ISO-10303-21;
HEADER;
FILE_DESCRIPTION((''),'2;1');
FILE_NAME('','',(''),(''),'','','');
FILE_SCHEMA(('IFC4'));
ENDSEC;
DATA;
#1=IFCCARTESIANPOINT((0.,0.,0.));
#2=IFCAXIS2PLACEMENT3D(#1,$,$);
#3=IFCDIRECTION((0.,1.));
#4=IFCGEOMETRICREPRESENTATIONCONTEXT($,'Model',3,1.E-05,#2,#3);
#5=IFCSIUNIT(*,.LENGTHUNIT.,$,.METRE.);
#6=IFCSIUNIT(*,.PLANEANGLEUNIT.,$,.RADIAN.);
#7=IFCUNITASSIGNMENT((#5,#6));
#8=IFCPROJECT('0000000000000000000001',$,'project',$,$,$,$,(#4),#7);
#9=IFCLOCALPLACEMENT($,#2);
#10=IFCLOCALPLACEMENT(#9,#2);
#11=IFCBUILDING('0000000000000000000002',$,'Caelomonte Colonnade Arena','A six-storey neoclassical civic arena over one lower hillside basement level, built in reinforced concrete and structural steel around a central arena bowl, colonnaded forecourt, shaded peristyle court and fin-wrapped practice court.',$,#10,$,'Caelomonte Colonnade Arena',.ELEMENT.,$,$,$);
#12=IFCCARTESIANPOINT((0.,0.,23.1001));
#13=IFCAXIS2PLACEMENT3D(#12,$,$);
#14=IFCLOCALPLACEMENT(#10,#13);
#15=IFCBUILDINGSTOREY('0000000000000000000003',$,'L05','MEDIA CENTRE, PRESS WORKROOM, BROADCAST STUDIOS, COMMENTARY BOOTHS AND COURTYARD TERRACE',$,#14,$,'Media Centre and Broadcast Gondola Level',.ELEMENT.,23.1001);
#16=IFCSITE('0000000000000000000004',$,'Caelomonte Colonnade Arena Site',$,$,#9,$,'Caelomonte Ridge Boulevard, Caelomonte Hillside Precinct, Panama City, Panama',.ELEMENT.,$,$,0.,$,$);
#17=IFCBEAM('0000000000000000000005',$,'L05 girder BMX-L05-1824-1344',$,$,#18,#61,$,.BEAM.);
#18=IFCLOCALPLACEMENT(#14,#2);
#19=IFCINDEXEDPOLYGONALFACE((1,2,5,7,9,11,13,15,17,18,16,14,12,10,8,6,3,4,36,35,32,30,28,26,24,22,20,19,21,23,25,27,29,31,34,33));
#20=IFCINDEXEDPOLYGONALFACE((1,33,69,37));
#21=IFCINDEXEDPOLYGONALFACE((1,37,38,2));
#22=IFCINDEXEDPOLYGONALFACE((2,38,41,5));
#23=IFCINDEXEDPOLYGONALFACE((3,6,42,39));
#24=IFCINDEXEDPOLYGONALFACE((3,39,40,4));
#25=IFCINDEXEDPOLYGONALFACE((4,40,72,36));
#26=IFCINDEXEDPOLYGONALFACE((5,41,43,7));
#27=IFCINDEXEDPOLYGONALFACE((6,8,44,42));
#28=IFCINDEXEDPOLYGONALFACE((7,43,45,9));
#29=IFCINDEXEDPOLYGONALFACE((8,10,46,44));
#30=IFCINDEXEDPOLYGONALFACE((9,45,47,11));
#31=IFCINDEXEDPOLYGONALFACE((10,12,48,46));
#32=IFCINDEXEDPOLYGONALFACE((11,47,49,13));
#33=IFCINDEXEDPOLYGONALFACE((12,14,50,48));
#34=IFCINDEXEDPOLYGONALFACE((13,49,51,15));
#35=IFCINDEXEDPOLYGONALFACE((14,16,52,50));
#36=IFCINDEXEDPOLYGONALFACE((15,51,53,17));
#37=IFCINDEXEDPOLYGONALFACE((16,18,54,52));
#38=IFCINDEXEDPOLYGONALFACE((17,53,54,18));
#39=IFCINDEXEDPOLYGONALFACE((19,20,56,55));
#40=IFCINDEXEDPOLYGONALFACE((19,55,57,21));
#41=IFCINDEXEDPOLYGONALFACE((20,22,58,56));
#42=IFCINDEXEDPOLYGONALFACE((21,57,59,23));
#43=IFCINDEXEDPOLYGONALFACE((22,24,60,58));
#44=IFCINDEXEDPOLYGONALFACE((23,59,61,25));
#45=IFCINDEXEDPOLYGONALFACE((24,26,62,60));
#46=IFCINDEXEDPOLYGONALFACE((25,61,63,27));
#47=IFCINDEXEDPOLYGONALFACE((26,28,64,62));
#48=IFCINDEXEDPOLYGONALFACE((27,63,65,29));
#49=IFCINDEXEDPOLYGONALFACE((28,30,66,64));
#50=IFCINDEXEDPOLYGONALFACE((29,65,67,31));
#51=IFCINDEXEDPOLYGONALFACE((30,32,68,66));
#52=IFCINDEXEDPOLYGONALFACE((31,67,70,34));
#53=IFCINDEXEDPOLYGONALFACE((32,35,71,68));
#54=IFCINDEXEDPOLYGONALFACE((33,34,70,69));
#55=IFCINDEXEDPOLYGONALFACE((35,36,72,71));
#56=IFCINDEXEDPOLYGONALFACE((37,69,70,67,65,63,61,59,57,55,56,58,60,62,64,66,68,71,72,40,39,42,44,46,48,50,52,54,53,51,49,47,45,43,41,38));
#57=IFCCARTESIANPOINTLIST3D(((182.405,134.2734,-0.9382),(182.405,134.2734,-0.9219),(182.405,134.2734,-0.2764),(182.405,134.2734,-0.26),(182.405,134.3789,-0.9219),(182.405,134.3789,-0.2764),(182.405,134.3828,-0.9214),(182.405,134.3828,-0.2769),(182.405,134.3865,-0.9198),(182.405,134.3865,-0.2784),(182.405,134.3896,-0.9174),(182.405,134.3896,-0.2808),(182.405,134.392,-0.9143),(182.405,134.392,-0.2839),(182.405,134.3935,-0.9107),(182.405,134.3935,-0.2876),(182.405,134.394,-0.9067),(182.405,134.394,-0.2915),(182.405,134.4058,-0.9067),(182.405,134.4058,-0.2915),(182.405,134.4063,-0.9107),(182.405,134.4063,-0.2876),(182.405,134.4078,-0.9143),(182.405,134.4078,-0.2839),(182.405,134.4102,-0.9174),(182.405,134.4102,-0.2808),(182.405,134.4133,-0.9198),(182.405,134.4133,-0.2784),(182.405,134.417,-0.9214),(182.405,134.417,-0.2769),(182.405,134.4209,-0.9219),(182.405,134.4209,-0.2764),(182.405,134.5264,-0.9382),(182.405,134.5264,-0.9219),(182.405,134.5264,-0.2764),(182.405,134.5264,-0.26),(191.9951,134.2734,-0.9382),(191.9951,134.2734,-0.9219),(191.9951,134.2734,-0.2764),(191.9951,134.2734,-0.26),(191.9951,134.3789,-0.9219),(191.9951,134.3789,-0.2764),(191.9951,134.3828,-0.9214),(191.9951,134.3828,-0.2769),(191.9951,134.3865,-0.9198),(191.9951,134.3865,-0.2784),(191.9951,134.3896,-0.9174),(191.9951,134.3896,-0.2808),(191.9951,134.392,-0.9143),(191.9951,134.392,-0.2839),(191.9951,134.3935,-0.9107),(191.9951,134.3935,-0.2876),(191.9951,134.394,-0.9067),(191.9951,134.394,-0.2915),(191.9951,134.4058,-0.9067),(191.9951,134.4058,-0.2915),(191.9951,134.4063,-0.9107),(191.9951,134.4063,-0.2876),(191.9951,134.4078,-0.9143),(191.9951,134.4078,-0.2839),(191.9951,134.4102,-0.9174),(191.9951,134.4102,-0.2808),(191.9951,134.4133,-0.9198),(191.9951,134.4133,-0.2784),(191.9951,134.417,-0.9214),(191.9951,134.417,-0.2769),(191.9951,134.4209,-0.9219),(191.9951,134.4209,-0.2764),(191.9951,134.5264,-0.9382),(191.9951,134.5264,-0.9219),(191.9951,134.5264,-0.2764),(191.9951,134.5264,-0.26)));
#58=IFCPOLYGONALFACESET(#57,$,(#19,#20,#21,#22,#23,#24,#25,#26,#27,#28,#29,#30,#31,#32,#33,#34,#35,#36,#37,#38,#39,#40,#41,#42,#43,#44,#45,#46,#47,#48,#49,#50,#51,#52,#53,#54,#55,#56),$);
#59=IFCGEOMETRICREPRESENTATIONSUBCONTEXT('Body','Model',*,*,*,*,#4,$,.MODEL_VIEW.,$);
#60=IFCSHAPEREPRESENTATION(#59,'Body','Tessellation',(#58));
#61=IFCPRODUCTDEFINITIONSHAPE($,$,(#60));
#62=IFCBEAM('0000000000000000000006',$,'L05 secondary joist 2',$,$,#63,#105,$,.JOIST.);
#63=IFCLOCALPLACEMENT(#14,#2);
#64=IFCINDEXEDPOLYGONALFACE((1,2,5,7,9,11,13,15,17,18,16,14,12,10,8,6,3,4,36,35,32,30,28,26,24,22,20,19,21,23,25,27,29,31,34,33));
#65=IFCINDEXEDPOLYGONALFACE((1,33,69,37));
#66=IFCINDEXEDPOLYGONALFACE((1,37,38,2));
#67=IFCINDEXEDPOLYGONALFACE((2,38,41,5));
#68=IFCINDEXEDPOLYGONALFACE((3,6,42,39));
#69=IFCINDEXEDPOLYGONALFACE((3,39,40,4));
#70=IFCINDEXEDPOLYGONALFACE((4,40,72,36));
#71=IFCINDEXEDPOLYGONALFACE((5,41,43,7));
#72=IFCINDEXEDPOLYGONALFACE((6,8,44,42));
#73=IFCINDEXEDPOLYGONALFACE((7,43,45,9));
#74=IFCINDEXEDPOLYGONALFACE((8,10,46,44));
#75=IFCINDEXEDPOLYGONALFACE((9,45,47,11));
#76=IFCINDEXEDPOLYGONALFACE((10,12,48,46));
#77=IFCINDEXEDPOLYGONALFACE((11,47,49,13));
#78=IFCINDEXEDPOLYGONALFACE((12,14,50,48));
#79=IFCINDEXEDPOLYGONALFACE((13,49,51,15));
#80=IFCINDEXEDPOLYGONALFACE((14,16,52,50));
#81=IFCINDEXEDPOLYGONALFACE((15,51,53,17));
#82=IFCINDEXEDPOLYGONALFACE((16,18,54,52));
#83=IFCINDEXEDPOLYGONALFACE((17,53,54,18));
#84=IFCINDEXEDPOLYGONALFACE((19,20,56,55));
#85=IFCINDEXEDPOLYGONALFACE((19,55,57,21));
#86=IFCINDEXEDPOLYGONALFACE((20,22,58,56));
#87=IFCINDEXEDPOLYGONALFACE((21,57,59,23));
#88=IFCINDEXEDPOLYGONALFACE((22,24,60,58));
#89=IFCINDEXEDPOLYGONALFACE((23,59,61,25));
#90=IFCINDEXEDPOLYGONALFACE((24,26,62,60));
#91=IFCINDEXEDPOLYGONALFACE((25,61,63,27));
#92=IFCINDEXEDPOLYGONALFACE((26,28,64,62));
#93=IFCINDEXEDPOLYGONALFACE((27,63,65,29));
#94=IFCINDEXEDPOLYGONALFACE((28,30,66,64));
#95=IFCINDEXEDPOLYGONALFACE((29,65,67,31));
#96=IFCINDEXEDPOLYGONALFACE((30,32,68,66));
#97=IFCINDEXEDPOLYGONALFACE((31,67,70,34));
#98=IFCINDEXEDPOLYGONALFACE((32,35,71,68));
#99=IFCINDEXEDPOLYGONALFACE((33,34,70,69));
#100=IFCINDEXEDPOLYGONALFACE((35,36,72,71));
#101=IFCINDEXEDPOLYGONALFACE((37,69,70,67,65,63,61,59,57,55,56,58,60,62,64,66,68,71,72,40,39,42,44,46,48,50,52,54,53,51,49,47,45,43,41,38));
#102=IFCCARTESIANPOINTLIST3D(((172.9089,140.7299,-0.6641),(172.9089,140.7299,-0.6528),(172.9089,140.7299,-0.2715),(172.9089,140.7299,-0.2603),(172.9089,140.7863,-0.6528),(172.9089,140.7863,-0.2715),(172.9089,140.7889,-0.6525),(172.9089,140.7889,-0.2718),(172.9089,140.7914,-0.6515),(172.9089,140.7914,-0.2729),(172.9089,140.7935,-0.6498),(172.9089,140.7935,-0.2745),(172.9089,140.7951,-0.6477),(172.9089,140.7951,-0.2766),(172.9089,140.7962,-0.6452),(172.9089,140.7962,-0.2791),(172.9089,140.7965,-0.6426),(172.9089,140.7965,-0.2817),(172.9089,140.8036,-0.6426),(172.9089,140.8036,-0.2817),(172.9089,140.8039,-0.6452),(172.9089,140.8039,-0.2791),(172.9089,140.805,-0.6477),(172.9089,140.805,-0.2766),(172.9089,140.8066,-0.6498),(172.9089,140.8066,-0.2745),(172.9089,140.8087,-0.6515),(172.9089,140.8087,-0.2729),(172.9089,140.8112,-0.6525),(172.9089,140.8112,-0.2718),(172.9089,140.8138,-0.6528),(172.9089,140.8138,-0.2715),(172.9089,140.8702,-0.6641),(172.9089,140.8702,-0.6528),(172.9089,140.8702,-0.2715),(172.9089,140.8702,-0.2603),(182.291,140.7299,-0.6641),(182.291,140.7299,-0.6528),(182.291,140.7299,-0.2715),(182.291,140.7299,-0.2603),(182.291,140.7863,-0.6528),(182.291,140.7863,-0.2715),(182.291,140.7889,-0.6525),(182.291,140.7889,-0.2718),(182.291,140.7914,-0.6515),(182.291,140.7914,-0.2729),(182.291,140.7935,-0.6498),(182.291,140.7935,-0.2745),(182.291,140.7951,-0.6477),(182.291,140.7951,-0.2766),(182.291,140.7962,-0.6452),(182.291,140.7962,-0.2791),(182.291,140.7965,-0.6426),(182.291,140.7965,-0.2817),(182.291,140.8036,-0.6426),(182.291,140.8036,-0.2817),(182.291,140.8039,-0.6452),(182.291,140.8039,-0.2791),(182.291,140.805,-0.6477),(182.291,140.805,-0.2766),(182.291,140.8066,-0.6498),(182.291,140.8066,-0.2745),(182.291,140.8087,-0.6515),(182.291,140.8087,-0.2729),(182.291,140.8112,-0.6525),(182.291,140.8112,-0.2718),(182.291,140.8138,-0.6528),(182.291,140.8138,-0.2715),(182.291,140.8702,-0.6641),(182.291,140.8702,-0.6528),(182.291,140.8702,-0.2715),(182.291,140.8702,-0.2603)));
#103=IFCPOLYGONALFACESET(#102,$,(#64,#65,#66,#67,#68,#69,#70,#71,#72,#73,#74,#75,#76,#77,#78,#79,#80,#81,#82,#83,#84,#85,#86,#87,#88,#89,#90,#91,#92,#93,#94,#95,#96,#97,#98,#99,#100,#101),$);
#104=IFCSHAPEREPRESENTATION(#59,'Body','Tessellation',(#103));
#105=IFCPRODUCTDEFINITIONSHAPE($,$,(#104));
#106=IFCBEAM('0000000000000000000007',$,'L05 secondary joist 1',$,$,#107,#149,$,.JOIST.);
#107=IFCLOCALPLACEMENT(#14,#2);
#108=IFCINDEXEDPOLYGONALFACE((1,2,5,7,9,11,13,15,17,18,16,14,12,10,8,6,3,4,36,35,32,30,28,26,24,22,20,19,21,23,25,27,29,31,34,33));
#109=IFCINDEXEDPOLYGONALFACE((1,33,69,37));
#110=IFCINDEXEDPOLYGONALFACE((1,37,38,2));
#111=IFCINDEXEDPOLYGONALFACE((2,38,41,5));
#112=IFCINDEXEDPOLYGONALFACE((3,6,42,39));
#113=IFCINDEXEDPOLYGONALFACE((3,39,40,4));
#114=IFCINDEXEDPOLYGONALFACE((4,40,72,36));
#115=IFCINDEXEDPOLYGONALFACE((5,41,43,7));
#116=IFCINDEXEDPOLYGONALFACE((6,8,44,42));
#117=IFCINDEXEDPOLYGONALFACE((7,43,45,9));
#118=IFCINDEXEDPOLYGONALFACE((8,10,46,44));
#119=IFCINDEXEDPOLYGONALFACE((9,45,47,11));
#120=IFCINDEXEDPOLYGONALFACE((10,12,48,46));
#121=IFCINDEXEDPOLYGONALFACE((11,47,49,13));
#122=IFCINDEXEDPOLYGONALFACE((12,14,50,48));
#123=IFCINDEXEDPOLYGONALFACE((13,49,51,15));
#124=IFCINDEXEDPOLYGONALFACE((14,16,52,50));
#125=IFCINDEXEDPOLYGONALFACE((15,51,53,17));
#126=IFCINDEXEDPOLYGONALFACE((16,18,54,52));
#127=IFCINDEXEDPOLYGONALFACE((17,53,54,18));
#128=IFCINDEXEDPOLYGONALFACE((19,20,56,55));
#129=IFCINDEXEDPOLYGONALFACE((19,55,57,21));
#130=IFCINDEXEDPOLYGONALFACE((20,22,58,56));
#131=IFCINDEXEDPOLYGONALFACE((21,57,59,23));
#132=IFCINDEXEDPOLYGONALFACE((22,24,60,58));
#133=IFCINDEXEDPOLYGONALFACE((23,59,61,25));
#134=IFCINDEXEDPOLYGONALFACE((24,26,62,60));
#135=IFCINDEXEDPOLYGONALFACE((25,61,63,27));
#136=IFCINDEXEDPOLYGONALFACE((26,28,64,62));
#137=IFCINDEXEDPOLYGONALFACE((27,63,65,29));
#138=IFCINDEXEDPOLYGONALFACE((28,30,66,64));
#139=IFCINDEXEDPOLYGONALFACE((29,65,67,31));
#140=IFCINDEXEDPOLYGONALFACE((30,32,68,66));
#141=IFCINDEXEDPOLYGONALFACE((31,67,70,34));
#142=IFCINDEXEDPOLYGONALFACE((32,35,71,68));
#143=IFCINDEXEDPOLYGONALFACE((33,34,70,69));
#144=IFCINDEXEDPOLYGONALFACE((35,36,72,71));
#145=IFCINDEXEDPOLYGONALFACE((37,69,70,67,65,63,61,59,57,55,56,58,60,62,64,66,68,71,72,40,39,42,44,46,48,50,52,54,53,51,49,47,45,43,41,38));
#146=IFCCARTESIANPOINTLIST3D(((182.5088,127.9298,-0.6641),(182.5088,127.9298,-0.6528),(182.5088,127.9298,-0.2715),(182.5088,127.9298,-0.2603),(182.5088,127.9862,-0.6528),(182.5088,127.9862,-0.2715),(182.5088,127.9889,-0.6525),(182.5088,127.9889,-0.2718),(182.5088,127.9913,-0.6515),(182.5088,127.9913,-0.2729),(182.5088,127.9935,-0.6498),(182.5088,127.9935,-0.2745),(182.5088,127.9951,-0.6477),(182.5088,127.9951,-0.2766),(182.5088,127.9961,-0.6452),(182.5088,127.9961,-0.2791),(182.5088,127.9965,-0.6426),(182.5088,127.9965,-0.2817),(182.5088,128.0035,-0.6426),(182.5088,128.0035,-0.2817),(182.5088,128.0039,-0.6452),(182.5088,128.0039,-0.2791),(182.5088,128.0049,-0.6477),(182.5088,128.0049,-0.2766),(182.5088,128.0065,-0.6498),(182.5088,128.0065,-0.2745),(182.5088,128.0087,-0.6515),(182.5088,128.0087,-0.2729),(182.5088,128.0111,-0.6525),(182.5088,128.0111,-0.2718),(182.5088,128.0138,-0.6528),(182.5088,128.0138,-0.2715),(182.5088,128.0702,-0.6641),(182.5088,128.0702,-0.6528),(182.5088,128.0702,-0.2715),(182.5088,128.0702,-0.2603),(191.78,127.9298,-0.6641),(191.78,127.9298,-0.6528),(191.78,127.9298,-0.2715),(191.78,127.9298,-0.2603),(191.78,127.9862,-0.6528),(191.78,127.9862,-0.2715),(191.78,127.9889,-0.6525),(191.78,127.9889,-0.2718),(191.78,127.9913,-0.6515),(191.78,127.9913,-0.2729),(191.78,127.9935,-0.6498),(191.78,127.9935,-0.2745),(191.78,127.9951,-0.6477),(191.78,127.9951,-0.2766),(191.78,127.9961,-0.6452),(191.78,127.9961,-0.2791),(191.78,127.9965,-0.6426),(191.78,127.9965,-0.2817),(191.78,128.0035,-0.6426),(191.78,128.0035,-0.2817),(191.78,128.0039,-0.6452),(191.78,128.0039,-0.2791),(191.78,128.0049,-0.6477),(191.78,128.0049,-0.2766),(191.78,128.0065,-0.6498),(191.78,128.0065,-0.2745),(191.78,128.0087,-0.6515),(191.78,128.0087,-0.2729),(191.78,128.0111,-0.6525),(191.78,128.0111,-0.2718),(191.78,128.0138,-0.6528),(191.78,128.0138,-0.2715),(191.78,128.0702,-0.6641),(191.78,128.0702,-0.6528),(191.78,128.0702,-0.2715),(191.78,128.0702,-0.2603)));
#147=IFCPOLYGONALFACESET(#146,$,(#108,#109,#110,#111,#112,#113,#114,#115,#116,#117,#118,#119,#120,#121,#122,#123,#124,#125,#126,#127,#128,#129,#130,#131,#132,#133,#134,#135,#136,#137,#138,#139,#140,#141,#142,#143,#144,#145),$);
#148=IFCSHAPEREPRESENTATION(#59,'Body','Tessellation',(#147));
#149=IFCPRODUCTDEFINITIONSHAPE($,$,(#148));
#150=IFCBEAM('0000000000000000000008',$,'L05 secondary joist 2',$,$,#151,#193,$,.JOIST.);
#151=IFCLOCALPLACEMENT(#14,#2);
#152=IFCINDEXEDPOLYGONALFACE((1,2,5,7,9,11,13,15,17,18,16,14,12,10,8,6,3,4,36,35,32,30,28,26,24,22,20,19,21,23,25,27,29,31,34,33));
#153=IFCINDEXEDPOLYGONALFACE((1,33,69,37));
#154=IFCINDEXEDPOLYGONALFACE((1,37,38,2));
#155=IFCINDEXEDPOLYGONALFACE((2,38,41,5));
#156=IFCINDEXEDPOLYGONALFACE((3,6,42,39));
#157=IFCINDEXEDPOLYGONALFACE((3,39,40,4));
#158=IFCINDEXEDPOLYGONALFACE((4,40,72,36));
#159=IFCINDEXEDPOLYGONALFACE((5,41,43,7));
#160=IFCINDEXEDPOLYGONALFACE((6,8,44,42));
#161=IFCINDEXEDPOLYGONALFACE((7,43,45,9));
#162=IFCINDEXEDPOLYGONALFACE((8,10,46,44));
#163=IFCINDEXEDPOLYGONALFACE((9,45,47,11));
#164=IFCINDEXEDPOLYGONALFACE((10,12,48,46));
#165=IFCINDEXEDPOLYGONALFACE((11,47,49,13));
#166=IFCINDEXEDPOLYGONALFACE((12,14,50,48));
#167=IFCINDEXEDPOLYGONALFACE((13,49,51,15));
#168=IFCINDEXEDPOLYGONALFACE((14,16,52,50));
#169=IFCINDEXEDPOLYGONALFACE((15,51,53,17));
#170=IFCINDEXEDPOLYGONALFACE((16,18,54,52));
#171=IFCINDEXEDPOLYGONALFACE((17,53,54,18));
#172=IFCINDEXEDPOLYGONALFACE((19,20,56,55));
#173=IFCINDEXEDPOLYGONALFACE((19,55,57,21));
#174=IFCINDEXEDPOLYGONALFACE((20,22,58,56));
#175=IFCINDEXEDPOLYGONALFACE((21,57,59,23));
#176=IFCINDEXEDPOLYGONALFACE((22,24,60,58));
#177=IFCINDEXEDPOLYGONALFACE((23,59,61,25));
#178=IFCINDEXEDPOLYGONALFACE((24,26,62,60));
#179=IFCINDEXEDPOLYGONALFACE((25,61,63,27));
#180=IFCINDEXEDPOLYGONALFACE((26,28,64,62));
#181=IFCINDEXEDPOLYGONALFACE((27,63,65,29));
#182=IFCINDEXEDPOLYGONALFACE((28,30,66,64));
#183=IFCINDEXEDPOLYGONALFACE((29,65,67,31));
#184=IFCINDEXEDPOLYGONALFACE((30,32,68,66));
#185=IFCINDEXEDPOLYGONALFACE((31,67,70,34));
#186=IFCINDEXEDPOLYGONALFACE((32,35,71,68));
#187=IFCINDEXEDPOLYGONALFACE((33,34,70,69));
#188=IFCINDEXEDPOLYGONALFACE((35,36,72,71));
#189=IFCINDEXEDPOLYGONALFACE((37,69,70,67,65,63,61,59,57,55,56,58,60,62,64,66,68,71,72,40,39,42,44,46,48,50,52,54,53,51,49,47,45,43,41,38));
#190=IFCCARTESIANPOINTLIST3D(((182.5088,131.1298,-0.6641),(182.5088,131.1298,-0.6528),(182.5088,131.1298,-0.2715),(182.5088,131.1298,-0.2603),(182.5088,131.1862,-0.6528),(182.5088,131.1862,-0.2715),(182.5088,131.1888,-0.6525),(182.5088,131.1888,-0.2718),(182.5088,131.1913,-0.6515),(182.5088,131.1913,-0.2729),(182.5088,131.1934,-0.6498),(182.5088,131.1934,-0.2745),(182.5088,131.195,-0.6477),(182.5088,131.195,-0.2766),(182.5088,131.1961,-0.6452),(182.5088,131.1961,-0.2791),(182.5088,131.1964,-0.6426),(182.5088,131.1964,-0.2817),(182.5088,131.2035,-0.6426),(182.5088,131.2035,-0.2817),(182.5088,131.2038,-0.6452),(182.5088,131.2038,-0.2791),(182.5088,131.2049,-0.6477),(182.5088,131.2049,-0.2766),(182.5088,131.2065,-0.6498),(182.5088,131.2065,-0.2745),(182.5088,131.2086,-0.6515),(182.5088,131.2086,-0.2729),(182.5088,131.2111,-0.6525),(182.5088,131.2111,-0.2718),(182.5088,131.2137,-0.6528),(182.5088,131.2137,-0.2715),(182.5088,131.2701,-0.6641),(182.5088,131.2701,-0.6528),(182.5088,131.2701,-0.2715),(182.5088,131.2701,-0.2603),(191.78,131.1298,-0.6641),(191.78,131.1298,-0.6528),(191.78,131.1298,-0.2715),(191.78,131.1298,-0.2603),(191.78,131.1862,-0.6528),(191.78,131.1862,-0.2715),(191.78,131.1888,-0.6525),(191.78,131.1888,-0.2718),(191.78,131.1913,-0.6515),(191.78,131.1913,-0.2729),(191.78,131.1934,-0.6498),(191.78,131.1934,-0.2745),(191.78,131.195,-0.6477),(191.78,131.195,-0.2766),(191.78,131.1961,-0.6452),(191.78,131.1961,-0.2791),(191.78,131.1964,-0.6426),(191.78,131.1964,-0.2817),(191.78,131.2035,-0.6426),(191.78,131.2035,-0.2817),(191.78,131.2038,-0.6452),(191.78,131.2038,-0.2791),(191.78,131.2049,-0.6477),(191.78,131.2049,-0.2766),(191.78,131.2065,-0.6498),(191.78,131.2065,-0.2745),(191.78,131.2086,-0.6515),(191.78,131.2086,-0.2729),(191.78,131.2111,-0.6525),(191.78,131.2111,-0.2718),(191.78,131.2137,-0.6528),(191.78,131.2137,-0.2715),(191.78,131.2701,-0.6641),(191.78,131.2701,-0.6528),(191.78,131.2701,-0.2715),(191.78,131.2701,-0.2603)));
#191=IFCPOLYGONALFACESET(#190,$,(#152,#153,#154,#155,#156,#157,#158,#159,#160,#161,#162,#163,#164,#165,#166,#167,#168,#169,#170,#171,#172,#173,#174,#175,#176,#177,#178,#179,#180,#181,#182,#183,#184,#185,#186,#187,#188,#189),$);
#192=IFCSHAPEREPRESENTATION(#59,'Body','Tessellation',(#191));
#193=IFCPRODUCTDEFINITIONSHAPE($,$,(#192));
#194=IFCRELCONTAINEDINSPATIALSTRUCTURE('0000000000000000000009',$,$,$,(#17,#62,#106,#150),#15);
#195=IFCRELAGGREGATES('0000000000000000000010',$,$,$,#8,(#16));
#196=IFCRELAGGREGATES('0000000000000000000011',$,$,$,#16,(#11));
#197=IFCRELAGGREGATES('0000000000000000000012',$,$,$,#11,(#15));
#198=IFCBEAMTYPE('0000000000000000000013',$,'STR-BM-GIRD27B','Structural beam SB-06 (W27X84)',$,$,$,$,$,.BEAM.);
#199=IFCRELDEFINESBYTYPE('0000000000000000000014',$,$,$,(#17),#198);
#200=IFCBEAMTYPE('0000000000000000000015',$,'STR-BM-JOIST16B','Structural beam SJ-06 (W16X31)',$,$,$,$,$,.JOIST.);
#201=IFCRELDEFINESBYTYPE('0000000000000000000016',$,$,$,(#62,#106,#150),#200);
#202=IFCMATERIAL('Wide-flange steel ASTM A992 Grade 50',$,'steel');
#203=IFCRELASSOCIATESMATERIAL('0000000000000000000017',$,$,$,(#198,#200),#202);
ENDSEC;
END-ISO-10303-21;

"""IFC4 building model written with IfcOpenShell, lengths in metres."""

from ifc_helpers import new_model, si_unit, direction, frame, origin, origin_2d, place, context, subcontext, project, spatial, i_section, extrude, material, material_profile, profile_set, type_object, element, save


model = new_model("IFC4")

# Units and contexts
model_context = context("Model", 3, precision=1e-05, world=origin(), true_north=direction((0.0, 1.0)))
body_context = subcontext(model_context, "Body", "Model", "MODEL_VIEW")
ifc_project = project(units=[si_unit("LENGTHUNIT", "METRE"), si_unit("PLANEANGLEUNIT", "RADIAN")], contexts=[model_context])

# Site, building, storey
site_placement = place(None, origin())
site = spatial("IfcSite", under=ifc_project, at=site_placement, Name="Caelomonte Colonnade Arena Site", LongName="Caelomonte Ridge Boulevard, Caelomonte Hillside Precinct, Panama City, Panama", CompositionType="ELEMENT", RefElevation=0.0)
building_placement = place(site_placement, origin())
building = spatial("IfcBuilding", under=site, at=building_placement, Name="Caelomonte Colonnade Arena", Description="A six-storey neoclassical civic arena over one lower hillside basement level, built in reinforced concrete and structural steel around a central arena bowl, colonnaded forecourt, shaded peristyle court and fin-wrapped practice court.", LongName="Caelomonte Colonnade Arena", CompositionType="ELEMENT")
storey_placement = place(building_placement, frame((0.0, 0.0, 23.1001)))
storey = spatial("IfcBuildingStorey", under=building, at=storey_placement, Name="L05", Description="MEDIA CENTRE, PRESS WORKROOM, BROADCAST STUDIOS, COMMENTARY BOOTHS AND COURTYARD TERRACE", LongName="Media Centre and Broadcast Gondola Level", CompositionType="ELEMENT", Elevation=23.1001)

# Shared definitions
ifc_material_1 = material(Name="Wide-flange steel ASTM A992 Grade 50", Category="steel")

# Beams
ifc_material_profile_1 = material_profile(ifc_material_1, i_section(OverallWidth=0.2529, OverallDepth=0.6782, WebThickness=0.0117, FlangeThickness=0.0164, FilletRadius=0.0151, at=origin_2d()), Name="W27X84")
ifc_profile_set_1 = profile_set([ifc_material_profile_1], Name="Wide-flange steel ASTM A992 Grade 50")
beam_type_1 = type_object("IfcBeamType", Name="STR-BM-GIRD27B", Description="Structural beam SB-06 (W27X84)", PredefinedType="BEAM", material=ifc_profile_set_1)
beam_1_placement = place(storey_placement, frame((182.405, 134.3999, -0.5991), z_axis=(1.0, 0.0, 0.0), x_axis=(0.0, 1.0, 0.0)))
element("IfcBeam", 1, at=beam_1_placement, inside=storey, type_object=beam_type_1, Name="L05 girder BMX-L05-1824-1344", PredefinedType="BEAM", context=body_context, shape_type="SweptSolid", body=[
    extrude(i_section(OverallWidth=0.2529, OverallDepth=0.6782, WebThickness=0.0117, FlangeThickness=0.0164, FilletRadius=0.0151, at=origin_2d()), origin(), (0.0, 0.0, 1.0), 9.5901),
])
ifc_material_profile_2 = material_profile(ifc_material_1, i_section(OverallWidth=0.1404, OverallDepth=0.4038, WebThickness=0.0071, FlangeThickness=0.0112, FilletRadius=0.0103, at=origin_2d()), Name="W16X31")
ifc_profile_set_2 = profile_set([ifc_material_profile_2], Name="Wide-flange steel ASTM A992 Grade 50")
beam_type_2 = type_object("IfcBeamType", Name="STR-BM-JOIST16B", Description="Structural beam SJ-06 (W16X31)", PredefinedType="JOIST", material=ifc_profile_set_2)
beam_2_placement = place(storey_placement, frame((172.9089, 140.8, -0.4622), z_axis=(1.0, 0.0, 0.0), x_axis=(0.0, 1.0, 0.0)))
element("IfcBeam", 2, at=beam_2_placement, inside=storey, type_object=beam_type_2, Name="L05 secondary joist 2", PredefinedType="JOIST", context=body_context, shape_type="SweptSolid", body=[
    extrude(i_section(OverallWidth=0.1404, OverallDepth=0.4038, WebThickness=0.0071, FlangeThickness=0.0112, FilletRadius=0.0103, at=origin_2d()), origin(), (0.0, 0.0, 1.0), 9.3821),
])
for number, where, z_axis, x_axis, name in (
    (3, (182.5088, 128.0, -0.4622), (1.0, 0.0, 0.0), (0.0, 1.0, 0.0), "L05 secondary joist 1"),
    (4, (182.5088, 131.2, -0.4622), (1.0, 0.0, 0.0), (0.0, 1.0, 0.0), "L05 secondary joist 2"),
):
    element("IfcBeam", number, at=place(storey_placement, frame(where, z_axis=z_axis, x_axis=x_axis)), inside=storey, type_object=beam_type_2, Name=name, PredefinedType="JOIST", context=body_context, shape_type="SweptSolid", body=[
        extrude(i_section(OverallWidth=0.1404, OverallDepth=0.4038, WebThickness=0.0071, FlangeThickness=0.0112, FilletRadius=0.0103, at=origin_2d()), origin(), (0.0, 0.0, 1.0), 9.2712),
    ])

save(model, "model.ifc")
